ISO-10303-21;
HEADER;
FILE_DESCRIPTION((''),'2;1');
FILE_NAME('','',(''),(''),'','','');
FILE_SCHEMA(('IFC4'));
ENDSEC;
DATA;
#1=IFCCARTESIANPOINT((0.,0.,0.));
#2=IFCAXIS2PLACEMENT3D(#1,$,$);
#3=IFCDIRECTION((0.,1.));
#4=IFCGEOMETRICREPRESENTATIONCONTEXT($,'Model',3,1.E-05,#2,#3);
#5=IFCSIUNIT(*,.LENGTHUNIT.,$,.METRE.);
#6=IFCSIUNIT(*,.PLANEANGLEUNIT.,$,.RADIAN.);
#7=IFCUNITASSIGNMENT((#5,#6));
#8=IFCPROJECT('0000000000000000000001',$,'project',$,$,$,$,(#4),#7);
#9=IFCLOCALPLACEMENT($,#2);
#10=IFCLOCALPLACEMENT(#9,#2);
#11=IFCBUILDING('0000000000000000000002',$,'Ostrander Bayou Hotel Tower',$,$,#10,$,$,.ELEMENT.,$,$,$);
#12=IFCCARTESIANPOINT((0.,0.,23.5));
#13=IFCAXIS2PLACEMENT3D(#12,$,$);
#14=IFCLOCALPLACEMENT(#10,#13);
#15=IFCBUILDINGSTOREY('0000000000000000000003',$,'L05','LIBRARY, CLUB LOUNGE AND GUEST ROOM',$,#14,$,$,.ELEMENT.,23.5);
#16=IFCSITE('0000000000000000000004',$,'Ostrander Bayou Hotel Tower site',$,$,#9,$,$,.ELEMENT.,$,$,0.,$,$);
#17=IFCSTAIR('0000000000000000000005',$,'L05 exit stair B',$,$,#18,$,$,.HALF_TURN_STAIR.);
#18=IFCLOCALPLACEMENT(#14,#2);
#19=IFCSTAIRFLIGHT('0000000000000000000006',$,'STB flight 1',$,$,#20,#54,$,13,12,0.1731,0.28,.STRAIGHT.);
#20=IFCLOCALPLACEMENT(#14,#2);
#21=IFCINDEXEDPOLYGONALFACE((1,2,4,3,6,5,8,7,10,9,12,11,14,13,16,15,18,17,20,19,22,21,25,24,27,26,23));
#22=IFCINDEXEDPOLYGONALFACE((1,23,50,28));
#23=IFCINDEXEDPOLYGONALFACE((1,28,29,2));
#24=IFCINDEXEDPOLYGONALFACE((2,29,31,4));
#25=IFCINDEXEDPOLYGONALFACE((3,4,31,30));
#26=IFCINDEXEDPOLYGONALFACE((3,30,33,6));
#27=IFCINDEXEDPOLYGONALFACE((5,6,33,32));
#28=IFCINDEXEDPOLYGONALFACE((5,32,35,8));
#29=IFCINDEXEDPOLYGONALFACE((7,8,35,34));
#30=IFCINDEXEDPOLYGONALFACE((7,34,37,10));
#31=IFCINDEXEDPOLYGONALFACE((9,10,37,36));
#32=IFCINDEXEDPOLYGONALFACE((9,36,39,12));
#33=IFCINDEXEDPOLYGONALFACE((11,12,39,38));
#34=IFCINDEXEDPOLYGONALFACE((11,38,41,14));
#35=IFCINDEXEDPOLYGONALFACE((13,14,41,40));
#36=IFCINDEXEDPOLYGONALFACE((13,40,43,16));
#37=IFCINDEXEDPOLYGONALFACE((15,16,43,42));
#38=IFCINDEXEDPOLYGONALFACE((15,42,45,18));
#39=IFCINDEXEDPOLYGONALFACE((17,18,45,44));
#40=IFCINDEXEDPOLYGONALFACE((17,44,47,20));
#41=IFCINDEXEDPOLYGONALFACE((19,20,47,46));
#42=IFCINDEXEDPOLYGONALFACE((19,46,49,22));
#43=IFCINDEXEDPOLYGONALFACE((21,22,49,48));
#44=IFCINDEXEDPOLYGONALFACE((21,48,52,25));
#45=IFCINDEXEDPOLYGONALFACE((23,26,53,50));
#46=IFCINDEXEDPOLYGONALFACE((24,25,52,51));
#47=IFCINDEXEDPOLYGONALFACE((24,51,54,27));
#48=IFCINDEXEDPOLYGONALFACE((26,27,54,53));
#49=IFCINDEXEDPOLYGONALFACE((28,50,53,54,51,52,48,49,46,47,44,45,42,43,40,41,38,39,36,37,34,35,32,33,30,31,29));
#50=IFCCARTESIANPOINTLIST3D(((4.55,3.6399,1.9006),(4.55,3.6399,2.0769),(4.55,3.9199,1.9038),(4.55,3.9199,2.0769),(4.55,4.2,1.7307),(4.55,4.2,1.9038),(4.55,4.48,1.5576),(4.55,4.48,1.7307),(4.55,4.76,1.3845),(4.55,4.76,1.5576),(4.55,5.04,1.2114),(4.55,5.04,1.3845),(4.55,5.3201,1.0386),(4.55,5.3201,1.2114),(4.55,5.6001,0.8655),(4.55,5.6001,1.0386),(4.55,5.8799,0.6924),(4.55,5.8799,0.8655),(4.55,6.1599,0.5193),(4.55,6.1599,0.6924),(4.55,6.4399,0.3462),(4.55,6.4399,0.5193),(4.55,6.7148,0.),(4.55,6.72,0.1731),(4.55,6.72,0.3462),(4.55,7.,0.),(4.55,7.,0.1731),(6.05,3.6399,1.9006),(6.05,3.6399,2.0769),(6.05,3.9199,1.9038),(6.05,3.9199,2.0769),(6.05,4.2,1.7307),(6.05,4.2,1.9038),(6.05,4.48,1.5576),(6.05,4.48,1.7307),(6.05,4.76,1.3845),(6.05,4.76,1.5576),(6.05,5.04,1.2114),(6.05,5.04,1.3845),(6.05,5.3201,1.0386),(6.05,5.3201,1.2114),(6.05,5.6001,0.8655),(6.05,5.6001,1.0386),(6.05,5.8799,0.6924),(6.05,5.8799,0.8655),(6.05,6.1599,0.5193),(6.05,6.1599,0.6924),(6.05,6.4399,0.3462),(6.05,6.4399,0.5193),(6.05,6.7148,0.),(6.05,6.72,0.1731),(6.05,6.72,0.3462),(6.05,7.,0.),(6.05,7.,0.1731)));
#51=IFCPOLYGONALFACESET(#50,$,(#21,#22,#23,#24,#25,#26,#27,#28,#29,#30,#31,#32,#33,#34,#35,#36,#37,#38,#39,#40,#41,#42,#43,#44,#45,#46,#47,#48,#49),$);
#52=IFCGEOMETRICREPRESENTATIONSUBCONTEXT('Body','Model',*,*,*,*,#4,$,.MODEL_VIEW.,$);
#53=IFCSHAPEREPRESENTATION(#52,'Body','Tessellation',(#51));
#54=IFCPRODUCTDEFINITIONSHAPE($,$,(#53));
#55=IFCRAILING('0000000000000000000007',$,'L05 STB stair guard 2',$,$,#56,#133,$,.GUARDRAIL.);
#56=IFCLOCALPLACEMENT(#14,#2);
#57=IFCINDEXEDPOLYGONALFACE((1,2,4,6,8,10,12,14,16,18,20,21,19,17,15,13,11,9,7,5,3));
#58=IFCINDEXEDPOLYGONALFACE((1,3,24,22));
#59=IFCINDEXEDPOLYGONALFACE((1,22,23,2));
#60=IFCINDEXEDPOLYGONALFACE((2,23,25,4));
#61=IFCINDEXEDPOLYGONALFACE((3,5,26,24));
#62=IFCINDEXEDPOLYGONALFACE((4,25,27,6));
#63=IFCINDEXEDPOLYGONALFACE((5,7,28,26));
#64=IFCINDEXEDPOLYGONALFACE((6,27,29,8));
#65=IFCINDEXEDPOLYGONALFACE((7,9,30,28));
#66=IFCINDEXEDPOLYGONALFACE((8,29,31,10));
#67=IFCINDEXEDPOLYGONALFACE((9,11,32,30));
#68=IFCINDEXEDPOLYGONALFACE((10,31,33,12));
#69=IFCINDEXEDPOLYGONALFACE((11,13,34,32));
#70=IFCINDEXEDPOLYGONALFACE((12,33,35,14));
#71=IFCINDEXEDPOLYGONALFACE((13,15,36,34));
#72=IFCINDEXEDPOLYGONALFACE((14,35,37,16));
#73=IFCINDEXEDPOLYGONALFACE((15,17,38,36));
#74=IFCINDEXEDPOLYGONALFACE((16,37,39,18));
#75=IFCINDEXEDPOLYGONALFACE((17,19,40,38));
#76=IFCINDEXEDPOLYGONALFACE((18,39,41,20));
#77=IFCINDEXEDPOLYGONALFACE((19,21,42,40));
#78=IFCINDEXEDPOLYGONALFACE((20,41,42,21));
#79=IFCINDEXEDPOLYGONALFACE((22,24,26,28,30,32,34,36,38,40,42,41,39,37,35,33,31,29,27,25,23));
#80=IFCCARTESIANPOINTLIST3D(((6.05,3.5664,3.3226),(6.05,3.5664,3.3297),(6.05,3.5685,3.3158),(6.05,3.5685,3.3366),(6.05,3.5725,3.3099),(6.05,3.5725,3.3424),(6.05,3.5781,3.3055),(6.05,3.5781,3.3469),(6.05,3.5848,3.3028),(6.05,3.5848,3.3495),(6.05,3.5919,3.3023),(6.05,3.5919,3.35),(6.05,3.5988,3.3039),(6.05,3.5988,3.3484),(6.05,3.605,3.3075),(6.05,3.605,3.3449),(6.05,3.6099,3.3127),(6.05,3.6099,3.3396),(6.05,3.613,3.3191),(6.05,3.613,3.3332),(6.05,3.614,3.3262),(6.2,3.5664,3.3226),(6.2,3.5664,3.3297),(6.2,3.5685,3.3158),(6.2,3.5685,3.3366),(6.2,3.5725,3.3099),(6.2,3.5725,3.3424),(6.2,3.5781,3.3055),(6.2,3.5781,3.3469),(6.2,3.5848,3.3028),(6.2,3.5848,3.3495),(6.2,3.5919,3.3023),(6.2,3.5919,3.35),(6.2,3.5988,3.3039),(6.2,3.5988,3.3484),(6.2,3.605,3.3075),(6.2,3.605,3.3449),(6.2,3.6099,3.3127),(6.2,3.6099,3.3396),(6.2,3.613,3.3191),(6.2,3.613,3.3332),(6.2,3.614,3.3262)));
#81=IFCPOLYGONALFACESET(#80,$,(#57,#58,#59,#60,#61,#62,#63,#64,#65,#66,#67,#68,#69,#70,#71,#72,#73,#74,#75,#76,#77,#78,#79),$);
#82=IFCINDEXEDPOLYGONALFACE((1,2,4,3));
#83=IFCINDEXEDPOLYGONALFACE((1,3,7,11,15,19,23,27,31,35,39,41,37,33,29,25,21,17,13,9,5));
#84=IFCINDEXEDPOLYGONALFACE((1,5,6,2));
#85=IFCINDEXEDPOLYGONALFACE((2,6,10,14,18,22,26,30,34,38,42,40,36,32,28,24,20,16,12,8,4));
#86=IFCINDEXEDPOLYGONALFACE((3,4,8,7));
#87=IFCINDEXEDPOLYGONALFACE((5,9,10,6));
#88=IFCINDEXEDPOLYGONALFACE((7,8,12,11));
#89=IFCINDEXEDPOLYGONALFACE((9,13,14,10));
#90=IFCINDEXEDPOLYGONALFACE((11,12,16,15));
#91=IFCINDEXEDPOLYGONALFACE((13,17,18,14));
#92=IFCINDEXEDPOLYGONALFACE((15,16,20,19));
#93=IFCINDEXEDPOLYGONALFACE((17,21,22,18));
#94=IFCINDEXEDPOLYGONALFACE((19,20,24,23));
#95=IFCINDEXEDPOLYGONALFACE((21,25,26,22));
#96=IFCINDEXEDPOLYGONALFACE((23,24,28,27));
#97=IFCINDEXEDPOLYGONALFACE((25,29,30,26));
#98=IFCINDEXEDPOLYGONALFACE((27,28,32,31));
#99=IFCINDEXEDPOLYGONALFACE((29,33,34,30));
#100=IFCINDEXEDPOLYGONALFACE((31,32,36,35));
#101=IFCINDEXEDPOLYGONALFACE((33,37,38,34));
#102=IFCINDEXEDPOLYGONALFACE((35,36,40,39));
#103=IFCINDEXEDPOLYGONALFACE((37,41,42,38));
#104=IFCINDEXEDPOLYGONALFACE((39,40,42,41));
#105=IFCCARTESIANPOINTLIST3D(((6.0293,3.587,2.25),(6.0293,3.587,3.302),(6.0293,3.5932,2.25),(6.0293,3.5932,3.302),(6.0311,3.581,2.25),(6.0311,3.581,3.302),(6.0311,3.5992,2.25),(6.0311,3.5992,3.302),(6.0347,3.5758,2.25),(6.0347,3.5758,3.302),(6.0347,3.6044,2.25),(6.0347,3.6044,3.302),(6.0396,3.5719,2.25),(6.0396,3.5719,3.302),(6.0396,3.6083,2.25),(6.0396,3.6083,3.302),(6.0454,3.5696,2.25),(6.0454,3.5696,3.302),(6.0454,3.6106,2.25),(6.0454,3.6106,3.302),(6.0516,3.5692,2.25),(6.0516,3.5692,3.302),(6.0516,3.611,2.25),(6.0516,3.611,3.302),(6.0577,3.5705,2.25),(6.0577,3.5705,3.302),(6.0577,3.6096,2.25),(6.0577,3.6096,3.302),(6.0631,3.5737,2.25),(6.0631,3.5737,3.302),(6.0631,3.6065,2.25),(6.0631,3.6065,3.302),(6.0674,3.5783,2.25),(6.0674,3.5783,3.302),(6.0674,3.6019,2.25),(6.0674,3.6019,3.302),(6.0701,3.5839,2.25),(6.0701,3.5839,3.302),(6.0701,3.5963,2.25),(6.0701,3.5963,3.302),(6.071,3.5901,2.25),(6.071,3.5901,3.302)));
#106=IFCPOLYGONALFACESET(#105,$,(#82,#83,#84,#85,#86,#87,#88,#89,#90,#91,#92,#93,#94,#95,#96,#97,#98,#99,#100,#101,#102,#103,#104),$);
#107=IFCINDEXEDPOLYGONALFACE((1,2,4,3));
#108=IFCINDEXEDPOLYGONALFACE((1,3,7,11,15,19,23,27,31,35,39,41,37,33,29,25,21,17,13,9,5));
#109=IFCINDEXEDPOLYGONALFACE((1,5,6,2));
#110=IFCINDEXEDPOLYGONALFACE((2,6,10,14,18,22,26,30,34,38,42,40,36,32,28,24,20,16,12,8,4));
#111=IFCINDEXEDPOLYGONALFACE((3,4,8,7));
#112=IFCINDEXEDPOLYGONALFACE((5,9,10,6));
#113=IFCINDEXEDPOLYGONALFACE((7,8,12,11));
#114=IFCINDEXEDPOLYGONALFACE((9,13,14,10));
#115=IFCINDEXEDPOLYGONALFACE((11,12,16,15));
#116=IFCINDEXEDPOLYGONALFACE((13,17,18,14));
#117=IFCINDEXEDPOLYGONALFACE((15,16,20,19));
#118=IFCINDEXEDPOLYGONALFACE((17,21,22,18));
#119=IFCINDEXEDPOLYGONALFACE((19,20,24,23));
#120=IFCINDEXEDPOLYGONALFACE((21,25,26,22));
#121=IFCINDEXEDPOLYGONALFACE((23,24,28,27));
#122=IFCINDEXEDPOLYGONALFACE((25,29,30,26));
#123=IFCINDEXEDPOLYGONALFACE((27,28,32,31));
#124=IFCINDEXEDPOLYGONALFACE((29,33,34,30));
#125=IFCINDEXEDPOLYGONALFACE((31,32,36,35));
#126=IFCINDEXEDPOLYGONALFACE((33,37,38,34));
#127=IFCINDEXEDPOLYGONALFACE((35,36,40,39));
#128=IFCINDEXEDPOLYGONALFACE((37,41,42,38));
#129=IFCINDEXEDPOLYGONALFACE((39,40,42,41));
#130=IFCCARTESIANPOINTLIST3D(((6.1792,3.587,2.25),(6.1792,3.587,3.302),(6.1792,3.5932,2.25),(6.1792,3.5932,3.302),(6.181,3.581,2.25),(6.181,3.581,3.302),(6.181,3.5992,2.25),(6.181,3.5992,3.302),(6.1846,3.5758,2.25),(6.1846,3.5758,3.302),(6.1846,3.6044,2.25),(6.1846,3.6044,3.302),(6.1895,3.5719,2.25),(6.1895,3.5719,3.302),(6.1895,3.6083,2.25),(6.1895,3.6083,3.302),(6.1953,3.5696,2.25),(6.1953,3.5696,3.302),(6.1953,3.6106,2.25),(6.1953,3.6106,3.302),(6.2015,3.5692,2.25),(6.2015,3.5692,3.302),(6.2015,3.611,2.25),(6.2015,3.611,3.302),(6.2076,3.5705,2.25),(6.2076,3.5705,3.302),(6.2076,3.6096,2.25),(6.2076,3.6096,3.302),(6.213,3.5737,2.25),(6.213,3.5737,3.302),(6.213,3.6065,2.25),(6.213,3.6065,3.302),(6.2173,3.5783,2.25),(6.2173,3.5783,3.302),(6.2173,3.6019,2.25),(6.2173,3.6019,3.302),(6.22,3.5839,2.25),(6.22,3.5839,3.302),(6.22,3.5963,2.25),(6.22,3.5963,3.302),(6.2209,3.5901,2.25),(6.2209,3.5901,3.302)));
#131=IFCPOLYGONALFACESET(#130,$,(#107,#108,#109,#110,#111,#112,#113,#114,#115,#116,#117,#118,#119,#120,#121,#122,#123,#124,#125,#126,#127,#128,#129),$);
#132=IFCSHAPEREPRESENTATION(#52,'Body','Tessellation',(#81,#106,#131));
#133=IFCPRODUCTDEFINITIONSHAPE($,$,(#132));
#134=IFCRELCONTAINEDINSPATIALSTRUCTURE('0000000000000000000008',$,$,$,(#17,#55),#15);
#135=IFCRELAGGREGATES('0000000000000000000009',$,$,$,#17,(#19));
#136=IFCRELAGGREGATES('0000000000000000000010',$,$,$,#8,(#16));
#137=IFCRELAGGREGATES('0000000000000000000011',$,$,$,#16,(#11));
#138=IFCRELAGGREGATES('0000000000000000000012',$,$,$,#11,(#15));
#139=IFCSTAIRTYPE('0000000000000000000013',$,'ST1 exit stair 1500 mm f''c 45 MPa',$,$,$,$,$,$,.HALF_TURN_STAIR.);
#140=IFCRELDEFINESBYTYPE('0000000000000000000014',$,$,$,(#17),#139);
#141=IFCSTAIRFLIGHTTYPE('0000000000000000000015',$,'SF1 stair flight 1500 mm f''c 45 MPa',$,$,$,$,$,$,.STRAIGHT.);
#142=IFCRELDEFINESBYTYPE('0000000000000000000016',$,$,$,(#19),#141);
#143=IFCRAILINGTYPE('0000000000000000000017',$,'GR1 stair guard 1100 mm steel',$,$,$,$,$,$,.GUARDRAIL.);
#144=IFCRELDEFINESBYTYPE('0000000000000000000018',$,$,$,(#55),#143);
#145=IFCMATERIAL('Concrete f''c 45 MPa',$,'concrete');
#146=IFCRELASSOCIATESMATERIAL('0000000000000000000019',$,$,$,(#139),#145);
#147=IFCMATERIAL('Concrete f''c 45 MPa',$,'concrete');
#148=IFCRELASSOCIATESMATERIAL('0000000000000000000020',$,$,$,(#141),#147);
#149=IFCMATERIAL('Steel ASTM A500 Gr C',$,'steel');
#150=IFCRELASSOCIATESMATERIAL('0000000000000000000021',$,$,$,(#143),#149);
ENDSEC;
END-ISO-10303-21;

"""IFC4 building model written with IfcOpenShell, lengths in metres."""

from ifc_helpers import new_model, si_unit, direction, frame, origin, origin_2d, place, context, subcontext, project, spatial, polyline, circle, outline, extrude, material, type_object, element, aggregate, save


model = new_model("IFC4")

# Units and contexts
model_context = context("Model", 3, precision=1e-05, world=origin(), true_north=direction((0.0, 1.0)))
body_context = subcontext(model_context, "Body", "Model", "MODEL_VIEW")
ifc_project = project(units=[si_unit("LENGTHUNIT", "METRE"), si_unit("PLANEANGLEUNIT", "RADIAN")], contexts=[model_context])

# Site, building, storey
site_placement = place(None, origin())
site = spatial("IfcSite", under=ifc_project, at=site_placement, Name="Ostrander Bayou Hotel Tower site", CompositionType="ELEMENT", RefElevation=0.0)
building_placement = place(site_placement, origin())
building = spatial("IfcBuilding", under=site, at=building_placement, Name="Ostrander Bayou Hotel Tower", CompositionType="ELEMENT")
storey_placement = place(building_placement, frame((0.0, 0.0, 23.5)))
storey = spatial("IfcBuildingStorey", under=building, at=storey_placement, Name="L05", Description="LIBRARY, CLUB LOUNGE AND GUEST ROOM", CompositionType="ELEMENT", Elevation=23.5)

# Stair, stair flight
ifc_material_1 = material(Name="Concrete f'c 45 MPa", Category="concrete")
stair_type = type_object("IfcStairType", Name="ST1 exit stair 1500 mm f'c 45 MPa", PredefinedType="HALF_TURN_STAIR", material=ifc_material_1)
stair_placement = place(storey_placement, origin())
stair = element("IfcStair", 1, at=stair_placement, inside=storey, type_object=stair_type, Name="L05 exit stair B", PredefinedType="HALF_TURN_STAIR")
ifc_material_2 = material(Name="Concrete f'c 45 MPa", Category="concrete")
stair_flight_type = type_object("IfcStairFlightType", Name="SF1 stair flight 1500 mm f'c 45 MPa", PredefinedType="STRAIGHT", material=ifc_material_2)
stair_flight_placement = place(storey_placement, frame((5.3, 7.0, 0.0), z_axis=(0.0, 0.0, 1.0), x_axis=(0.0, -1.0, 0.0)))
stair_flight = element("IfcStairFlight", 2, at=stair_flight_placement, type_object=stair_flight_type, Name="STB flight 1", NumberOfRisers=13, NumberOfTreads=12, PredefinedType="STRAIGHT", RiserHeight=0.1731, TreadLength=0.28, context=body_context, shape_type="SweptSolid", body=[
    extrude(outline(polyline([(0.0, 0.0), (0.0, 0.1731), (0.28, 0.1731), (0.28, 0.3462), (0.5601, 0.3462), (0.5601, 0.5193), (0.8401, 0.5193), (0.8401, 0.6924), (1.1201, 0.6924), (1.1201, 0.8655), (1.3999, 0.8655), (1.3999, 1.0386), (1.6799, 1.0386), (1.6799, 1.2114), (1.96, 1.2114), (1.96, 1.3845), (2.24, 1.3845), (2.24, 1.5576), (2.52, 1.5576), (2.52, 1.7307), (2.8, 1.7307), (2.8, 1.9038), (3.0801, 1.9038), (3.0801, 2.0769), (3.3601, 2.0769), (3.3601, 2.25), (3.3601, 1.9006), (0.2852, 0.0), (0.0, 0.0)])), frame((0.0, 0.75, 0.0), z_axis=(0.0, -1.0, 0.0), x_axis=(1.0, 0.0, 0.0)), (0.0, 0.0, 1.0), 1.5),
])
aggregate(stair, [stair_flight])

# Railing
ifc_material_3 = material(Name="Steel ASTM A500 Gr C", Category="steel")
railing_type_1 = type_object("IfcRailingType", Name="GR1 stair guard 1100 mm steel", PredefinedType="GUARDRAIL", material=ifc_material_3)
railing_1_placement = place(storey_placement, frame((6.05, 3.5901, 2.25)))
element("IfcRailing", 3, at=railing_1_placement, inside=storey, type_object=railing_type_1, Name="L05 STB stair guard 2", PredefinedType="GUARDRAIL", context=body_context, shape_type="SweptSolid", body=[
    extrude(circle(Radius=0.0239, at=origin_2d()), frame((0.0, 0.0, 1.0762), z_axis=(1.0, 0.0, 0.0), x_axis=(0.0, 1.0, 0.0)), (0.0, 0.0, 1.0), 0.1499),
    extrude(circle(Radius=0.021, at=origin_2d()), origin(), (0.0, 0.0, 1.0), 1.052),
    extrude(circle(Radius=0.021, at=origin_2d()), frame((0.1499, 0.0, 0.0)), (0.0, 0.0, 1.0), 1.052),
])

save(model, "model.ifc")
